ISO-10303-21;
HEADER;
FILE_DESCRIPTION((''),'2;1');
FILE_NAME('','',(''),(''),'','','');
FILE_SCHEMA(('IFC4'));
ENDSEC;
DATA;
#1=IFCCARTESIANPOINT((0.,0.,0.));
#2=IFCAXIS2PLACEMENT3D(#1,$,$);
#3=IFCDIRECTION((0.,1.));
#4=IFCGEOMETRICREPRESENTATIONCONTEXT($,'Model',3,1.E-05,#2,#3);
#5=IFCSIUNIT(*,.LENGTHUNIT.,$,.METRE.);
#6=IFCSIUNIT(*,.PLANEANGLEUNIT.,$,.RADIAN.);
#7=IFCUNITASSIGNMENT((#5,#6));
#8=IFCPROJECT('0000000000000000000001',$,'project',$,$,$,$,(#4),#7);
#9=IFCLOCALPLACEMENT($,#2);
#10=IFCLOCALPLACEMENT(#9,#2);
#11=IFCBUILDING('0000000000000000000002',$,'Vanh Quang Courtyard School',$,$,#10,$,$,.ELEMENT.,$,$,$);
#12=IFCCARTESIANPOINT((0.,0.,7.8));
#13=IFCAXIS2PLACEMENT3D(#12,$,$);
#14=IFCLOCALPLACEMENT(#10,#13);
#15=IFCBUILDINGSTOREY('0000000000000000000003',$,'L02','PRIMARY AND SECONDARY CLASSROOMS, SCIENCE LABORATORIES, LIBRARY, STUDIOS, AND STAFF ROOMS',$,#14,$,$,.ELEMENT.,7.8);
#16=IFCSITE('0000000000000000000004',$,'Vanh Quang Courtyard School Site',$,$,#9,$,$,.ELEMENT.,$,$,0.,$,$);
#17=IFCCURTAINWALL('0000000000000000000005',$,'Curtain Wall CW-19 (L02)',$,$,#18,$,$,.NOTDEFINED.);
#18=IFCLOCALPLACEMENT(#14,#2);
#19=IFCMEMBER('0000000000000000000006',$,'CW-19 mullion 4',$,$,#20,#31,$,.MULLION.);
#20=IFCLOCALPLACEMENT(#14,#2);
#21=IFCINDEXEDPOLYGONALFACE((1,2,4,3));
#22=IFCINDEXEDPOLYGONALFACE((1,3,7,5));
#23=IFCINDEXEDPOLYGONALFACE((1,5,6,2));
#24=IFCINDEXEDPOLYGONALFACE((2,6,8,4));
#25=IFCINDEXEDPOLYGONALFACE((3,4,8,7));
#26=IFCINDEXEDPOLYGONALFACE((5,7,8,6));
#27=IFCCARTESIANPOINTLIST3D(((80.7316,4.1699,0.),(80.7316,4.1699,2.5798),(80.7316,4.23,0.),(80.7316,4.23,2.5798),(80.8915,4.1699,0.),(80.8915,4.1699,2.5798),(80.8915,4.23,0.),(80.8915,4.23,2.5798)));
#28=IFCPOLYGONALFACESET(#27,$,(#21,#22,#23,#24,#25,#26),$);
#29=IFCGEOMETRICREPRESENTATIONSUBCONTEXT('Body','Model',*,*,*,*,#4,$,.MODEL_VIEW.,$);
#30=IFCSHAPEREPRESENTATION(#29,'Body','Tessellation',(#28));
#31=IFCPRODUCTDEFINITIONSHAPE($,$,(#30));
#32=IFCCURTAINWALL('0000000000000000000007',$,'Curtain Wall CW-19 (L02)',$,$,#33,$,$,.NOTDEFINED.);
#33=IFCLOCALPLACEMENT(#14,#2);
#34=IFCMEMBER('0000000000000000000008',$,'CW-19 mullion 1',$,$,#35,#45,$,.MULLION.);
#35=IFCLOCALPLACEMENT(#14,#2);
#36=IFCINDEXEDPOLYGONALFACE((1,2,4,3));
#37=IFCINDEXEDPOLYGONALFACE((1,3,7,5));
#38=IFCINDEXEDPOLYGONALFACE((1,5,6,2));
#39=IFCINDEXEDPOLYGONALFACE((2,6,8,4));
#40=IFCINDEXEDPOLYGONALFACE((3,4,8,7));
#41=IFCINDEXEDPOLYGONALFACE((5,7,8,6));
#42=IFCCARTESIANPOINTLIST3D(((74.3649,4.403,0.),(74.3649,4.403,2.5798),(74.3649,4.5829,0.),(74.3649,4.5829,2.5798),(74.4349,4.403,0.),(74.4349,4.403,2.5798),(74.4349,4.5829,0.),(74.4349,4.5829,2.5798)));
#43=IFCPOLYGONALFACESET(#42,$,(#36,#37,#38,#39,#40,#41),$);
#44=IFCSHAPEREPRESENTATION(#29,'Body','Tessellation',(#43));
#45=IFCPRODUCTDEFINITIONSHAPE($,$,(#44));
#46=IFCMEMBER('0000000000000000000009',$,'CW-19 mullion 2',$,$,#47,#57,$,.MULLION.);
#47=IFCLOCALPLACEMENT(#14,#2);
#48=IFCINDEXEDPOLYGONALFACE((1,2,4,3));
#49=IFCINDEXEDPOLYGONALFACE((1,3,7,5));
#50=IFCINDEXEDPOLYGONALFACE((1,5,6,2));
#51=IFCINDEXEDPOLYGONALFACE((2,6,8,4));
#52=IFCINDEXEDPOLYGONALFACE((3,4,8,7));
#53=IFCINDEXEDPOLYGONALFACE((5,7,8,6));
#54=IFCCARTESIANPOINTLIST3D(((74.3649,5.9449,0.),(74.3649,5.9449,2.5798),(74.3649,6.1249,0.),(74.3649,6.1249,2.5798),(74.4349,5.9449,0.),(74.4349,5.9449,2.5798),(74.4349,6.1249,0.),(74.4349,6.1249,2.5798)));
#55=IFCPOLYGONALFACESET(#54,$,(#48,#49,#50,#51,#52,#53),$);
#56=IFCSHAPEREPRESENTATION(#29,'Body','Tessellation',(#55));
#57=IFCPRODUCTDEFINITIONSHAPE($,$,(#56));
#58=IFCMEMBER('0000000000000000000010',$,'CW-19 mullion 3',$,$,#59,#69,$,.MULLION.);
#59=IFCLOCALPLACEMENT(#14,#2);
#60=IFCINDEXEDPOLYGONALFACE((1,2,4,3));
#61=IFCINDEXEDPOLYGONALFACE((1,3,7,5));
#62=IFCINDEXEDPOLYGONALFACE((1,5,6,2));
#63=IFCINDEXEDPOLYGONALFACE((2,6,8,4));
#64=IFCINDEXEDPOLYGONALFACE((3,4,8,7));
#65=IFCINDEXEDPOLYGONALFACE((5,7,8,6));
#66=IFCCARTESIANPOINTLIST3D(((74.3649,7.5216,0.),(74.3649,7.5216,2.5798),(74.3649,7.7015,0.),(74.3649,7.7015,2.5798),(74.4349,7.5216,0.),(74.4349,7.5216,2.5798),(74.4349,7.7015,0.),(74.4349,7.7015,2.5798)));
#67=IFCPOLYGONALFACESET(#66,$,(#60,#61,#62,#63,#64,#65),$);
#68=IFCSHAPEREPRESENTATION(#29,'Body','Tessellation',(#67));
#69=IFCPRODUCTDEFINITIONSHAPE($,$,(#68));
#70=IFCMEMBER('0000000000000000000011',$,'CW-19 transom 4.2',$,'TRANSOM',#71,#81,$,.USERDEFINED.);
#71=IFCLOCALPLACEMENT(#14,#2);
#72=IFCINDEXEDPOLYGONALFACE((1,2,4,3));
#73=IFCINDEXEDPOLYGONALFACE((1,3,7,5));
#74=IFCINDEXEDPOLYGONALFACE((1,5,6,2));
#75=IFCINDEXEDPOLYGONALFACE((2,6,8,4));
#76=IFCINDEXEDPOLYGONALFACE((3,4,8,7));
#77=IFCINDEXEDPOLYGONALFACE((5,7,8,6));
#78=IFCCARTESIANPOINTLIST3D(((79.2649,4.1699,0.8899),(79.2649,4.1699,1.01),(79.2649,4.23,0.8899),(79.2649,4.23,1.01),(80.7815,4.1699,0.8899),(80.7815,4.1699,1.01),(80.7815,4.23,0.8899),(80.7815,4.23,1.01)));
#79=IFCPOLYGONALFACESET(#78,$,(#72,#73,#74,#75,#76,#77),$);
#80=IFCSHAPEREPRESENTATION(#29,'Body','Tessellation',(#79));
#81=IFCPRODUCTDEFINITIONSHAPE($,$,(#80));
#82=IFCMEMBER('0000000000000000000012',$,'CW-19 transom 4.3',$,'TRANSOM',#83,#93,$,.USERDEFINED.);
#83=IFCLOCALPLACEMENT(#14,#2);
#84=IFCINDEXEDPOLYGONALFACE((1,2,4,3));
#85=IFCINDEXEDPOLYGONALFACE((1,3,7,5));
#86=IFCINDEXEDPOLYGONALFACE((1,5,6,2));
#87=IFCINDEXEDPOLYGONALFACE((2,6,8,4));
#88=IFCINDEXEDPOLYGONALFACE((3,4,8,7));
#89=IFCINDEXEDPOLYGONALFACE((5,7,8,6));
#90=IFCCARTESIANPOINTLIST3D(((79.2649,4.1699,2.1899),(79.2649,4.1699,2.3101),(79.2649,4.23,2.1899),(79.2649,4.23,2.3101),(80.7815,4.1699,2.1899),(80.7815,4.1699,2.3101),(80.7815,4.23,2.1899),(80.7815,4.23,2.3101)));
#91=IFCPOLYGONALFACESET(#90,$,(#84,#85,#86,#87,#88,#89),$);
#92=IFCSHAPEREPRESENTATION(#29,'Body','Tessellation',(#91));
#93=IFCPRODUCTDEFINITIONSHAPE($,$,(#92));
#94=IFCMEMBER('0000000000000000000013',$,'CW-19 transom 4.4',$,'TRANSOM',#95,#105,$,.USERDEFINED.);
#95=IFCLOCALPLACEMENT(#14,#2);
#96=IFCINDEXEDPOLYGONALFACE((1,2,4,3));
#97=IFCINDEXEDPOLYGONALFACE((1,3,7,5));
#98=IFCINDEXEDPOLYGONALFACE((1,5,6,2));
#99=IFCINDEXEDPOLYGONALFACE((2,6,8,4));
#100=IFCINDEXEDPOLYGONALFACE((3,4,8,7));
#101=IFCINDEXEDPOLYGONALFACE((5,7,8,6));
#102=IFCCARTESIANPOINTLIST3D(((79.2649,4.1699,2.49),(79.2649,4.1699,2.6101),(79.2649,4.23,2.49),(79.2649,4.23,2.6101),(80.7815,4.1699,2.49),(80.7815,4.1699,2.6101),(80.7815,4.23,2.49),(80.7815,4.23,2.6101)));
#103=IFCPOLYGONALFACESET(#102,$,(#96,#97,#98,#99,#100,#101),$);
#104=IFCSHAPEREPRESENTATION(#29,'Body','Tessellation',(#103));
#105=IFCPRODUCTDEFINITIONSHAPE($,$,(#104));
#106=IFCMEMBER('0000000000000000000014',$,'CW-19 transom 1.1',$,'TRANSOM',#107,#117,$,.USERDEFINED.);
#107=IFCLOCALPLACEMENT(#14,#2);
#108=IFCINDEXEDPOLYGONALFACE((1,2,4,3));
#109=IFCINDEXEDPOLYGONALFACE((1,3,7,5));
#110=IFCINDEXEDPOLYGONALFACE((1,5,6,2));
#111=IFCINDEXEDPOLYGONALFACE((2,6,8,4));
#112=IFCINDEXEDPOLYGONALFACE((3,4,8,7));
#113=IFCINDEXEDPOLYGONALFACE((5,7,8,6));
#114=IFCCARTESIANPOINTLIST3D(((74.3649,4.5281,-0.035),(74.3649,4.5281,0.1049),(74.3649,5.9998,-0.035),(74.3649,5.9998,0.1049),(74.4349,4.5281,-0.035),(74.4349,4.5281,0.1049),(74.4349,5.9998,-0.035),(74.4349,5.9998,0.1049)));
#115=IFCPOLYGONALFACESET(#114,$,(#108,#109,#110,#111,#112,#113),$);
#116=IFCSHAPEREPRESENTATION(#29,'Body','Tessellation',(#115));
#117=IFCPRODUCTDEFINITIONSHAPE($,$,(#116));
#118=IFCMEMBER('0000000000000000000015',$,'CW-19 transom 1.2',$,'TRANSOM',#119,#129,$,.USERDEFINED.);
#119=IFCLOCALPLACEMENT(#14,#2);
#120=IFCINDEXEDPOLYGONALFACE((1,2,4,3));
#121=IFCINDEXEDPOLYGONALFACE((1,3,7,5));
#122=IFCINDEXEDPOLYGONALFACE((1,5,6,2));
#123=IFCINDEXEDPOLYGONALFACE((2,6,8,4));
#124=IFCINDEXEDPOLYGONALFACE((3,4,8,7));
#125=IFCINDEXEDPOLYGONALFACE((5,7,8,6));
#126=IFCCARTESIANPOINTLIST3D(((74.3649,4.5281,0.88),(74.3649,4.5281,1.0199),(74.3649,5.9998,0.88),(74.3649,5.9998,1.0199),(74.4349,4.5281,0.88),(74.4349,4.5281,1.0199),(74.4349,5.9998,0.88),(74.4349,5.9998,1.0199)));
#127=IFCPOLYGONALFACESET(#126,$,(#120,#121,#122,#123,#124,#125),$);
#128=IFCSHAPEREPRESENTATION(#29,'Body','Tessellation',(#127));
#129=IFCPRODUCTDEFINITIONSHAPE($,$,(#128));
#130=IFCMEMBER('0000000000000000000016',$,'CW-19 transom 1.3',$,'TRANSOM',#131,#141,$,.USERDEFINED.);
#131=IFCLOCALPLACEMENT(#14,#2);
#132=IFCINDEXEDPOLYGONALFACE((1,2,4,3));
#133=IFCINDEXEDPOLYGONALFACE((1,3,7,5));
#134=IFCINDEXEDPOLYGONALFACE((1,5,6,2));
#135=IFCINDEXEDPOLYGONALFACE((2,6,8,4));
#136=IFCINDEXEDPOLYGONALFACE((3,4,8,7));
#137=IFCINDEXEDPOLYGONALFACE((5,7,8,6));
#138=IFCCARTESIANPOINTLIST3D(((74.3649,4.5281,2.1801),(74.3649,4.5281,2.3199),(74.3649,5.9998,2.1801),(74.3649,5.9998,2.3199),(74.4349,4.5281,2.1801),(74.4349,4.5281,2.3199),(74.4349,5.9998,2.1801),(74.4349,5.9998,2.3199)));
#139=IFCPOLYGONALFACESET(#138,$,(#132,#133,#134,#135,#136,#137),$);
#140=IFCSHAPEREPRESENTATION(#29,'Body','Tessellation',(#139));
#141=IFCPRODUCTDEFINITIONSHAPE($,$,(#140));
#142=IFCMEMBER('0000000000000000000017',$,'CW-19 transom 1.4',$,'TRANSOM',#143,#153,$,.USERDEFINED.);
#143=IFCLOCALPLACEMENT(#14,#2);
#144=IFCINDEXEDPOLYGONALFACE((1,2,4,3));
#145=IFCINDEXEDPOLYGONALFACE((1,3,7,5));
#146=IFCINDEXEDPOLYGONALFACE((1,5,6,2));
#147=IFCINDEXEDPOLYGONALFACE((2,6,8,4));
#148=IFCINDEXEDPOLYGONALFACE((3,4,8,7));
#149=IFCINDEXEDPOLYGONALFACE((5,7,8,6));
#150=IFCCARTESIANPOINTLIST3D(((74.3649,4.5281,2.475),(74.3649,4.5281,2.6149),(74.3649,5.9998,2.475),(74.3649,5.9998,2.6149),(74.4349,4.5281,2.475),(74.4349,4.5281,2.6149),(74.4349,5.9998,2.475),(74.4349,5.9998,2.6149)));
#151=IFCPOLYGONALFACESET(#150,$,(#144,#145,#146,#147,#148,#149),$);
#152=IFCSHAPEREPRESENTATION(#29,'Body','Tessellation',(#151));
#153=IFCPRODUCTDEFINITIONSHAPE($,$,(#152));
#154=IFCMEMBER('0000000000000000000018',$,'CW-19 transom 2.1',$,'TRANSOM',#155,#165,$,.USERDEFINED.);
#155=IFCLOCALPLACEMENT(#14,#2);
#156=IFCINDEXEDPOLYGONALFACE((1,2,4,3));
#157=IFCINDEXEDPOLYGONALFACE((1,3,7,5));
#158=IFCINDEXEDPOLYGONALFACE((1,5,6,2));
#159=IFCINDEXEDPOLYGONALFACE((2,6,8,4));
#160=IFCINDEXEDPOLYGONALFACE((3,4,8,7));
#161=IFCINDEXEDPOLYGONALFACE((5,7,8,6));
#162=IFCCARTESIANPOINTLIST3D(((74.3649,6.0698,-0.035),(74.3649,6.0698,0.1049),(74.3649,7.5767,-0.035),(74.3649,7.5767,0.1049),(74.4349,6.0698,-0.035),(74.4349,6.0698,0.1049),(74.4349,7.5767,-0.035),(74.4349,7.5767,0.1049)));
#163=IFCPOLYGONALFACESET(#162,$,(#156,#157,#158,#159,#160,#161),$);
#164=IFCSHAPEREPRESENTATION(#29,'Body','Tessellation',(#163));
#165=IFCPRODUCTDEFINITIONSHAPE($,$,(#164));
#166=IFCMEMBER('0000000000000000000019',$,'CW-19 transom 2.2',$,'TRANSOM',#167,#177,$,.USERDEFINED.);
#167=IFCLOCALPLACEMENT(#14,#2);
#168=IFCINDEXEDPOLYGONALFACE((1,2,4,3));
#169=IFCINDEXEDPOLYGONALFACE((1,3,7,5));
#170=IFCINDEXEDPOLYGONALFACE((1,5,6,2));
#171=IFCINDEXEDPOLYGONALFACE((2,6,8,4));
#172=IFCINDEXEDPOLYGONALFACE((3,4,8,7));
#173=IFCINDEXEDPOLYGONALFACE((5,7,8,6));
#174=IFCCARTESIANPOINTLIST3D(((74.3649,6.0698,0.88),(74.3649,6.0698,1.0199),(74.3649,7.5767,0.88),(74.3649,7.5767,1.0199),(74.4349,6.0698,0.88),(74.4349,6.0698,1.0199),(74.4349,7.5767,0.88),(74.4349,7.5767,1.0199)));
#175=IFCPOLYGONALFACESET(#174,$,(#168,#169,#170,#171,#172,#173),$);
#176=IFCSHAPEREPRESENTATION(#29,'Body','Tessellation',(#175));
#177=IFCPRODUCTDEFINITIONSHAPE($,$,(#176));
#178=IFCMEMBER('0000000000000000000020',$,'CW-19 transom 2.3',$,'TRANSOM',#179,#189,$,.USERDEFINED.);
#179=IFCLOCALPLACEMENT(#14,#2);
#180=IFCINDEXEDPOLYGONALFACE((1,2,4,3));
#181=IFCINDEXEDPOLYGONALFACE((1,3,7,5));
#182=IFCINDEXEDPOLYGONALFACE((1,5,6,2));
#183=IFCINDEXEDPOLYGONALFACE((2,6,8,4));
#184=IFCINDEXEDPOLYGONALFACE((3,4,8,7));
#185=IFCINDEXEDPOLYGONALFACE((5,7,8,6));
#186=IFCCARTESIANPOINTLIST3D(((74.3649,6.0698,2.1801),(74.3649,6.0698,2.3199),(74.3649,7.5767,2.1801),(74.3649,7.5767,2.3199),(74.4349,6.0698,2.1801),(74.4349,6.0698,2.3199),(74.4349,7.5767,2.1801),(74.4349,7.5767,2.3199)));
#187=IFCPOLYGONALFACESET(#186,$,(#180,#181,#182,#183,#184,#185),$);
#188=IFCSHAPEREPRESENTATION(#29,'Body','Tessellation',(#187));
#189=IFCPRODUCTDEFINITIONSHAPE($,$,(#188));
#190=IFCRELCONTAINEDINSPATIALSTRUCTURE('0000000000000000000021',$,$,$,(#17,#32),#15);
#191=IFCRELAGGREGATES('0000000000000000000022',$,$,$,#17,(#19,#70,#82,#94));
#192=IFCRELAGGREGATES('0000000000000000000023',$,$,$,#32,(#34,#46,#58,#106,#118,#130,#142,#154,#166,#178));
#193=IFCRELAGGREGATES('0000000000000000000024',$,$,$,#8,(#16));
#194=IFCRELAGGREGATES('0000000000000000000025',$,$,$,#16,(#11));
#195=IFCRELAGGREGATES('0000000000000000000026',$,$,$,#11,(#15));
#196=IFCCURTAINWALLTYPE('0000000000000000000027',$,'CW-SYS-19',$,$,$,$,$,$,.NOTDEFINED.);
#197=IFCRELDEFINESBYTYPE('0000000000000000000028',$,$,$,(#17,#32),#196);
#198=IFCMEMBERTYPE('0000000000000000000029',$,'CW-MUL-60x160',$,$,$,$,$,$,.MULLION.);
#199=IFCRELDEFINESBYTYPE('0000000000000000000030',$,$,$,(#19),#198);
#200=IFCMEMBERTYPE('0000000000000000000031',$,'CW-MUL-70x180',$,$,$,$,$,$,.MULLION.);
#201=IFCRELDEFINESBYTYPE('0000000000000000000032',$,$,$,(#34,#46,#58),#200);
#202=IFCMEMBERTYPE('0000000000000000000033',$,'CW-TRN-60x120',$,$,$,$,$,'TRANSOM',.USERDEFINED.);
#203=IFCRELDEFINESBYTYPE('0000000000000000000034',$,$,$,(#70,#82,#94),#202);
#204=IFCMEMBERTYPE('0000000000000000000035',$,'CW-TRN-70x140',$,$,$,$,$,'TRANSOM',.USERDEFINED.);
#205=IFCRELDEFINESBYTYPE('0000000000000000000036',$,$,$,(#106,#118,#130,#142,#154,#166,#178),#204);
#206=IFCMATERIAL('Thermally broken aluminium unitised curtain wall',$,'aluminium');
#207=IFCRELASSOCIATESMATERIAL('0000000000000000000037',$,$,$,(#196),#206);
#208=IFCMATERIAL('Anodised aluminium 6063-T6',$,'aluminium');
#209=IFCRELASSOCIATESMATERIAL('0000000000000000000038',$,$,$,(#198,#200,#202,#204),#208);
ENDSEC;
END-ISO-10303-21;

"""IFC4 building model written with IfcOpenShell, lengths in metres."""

from ifc_helpers import new_model, si_unit, direction, frame, origin, origin_2d, place, context, subcontext, project, spatial, rectangle, extrude, material, material_profile, profile_set, type_object, element, aggregate, save


model = new_model("IFC4")

# Units and contexts
model_context = context("Model", 3, precision=1e-05, world=origin(), true_north=direction((0.0, 1.0)))
body_context = subcontext(model_context, "Body", "Model", "MODEL_VIEW")
ifc_project = project(units=[si_unit("LENGTHUNIT", "METRE"), si_unit("PLANEANGLEUNIT", "RADIAN")], contexts=[model_context])

# Site, building, storey
site_placement = place(None, origin())
site = spatial("IfcSite", under=ifc_project, at=site_placement, Name="Vanh Quang Courtyard School Site", CompositionType="ELEMENT", RefElevation=0.0)
building_placement = place(site_placement, origin())
building = spatial("IfcBuilding", under=site, at=building_placement, Name="Vanh Quang Courtyard School", CompositionType="ELEMENT")
storey_placement = place(building_placement, frame((0.0, 0.0, 7.8)))
storey = spatial("IfcBuildingStorey", under=building, at=storey_placement, Name="L02", Description="PRIMARY AND SECONDARY CLASSROOMS, SCIENCE LABORATORIES, LIBRARY, STUDIOS, AND STAFF ROOMS", CompositionType="ELEMENT", Elevation=7.8)

# Curtain wall, member
ifc_material_1 = material(Name="Thermally broken aluminium unitised curtain wall", Category="aluminium")
curtain_wall_type = type_object("IfcCurtainWallType", Name="CW-SYS-19", PredefinedType="NOTDEFINED", material=ifc_material_1)
curtain_wall_1_placement = place(storey_placement, origin())
curtain_wall_1 = element("IfcCurtainWall", 1, at=curtain_wall_1_placement, inside=storey, type_object=curtain_wall_type, Name="Curtain Wall CW-19 (L02)", PredefinedType="NOTDEFINED")
ifc_material_2 = material(Name="Anodised aluminium 6063-T6", Category="aluminium")
ifc_material_profile_1 = material_profile(ifc_material_2, rectangle(XDim=0.0601, YDim=0.1599, at=origin_2d()), Name="ALU-MUL 60x160")
ifc_profile_set_1 = profile_set([ifc_material_profile_1], Name="Anodised aluminium 6063-T6")
member_type_1 = type_object("IfcMemberType", Name="CW-MUL-60x160", PredefinedType="MULLION", material=ifc_profile_set_1)
member_1_placement = place(storey_placement, frame((80.8115, 4.2, 0.0), z_axis=(0.0, 0.0, 1.0), x_axis=(0.0, -1.0, 0.0)))
member_1 = element("IfcMember", 2, at=member_1_placement, type_object=member_type_1, Name="CW-19 mullion 4", PredefinedType="MULLION", context=body_context, shape_type="SweptSolid", body=[
    extrude(rectangle(XDim=0.0601, YDim=0.1599, at=origin_2d()), origin(), (0.0, 0.0, 1.0), 2.5798),
])

# Curtain wall, members
curtain_wall_2_placement = place(storey_placement, origin())
curtain_wall_2 = element("IfcCurtainWall", 3, at=curtain_wall_2_placement, inside=storey, type_object=curtain_wall_type, Name="Curtain Wall CW-19 (L02)", PredefinedType="NOTDEFINED")
ifc_material_profile_2 = material_profile(ifc_material_2, rectangle(XDim=0.0701, YDim=0.1799, at=origin_2d()), Name="ALU-MUL 70x180")
ifc_profile_set_2 = profile_set([ifc_material_profile_2], Name="Anodised aluminium 6063-T6")
member_type_2 = type_object("IfcMemberType", Name="CW-MUL-70x180", PredefinedType="MULLION", material=ifc_profile_set_2)
member_2_placement = place(storey_placement, frame((74.3999, 4.4929, 0.0), z_axis=(0.0, 0.0, 1.0), x_axis=(-1.0, 0.0, 0.0)))
member_2 = element("IfcMember", 4, at=member_2_placement, type_object=member_type_2, Name="CW-19 mullion 1", PredefinedType="MULLION", context=body_context, shape_type="SweptSolid", body=[
    extrude(rectangle(XDim=0.0701, YDim=0.1799, at=origin_2d()), origin(), (0.0, 0.0, 1.0), 2.5798),
])
member_3_placement = place(storey_placement, frame((74.3999, 6.0349, 0.0), z_axis=(0.0, 0.0, 1.0), x_axis=(-1.0, 0.0, 0.0)))
member_3 = element("IfcMember", 5, at=member_3_placement, type_object=member_type_2, Name="CW-19 mullion 2", PredefinedType="MULLION", context=body_context, shape_type="SweptSolid", body=[
    extrude(rectangle(XDim=0.0701, YDim=0.1799, at=origin_2d()), origin(), (0.0, 0.0, 1.0), 2.5798),
])
member_4_placement = place(storey_placement, frame((74.3999, 7.6116, 0.0), z_axis=(0.0, 0.0, 1.0), x_axis=(-1.0, 0.0, 0.0)))
member_4 = element("IfcMember", 6, at=member_4_placement, type_object=member_type_2, Name="CW-19 mullion 3", PredefinedType="MULLION", context=body_context, shape_type="SweptSolid", body=[
    extrude(rectangle(XDim=0.0701, YDim=0.1799, at=origin_2d()), origin(), (0.0, 0.0, 1.0), 2.5798),
])

# Members
ifc_material_profile_3 = material_profile(ifc_material_2, rectangle(XDim=0.0601, YDim=0.1201, at=origin_2d()), Name="ALU-TRN 60x120")
ifc_profile_set_3 = profile_set([ifc_material_profile_3], Name="Anodised aluminium 6063-T6")
member_type_3 = type_object("IfcMemberType", Name="CW-TRN-60x120", ElementType="TRANSOM", PredefinedType="USERDEFINED", material=ifc_profile_set_3)
member_5_placement = place(storey_placement, frame((80.7815, 4.2, 0.95), z_axis=(-1.0, 0.0, 0.0), x_axis=(0.0, -1.0, 0.0)))
member_5 = element("IfcMember", 7, at=member_5_placement, type_object=member_type_3, Name="CW-19 transom 4.2", ObjectType="TRANSOM", PredefinedType="USERDEFINED", context=body_context, shape_type="SweptSolid", body=[
    extrude(rectangle(XDim=0.0601, YDim=0.1201, at=origin_2d()), origin(), (0.0, 0.0, 1.0), 1.5166),
])
member_6_placement = place(storey_placement, frame((80.7815, 4.2, 2.25), z_axis=(-1.0, 0.0, 0.0), x_axis=(0.0, -1.0, 0.0)))
member_6 = element("IfcMember", 8, at=member_6_placement, type_object=member_type_3, Name="CW-19 transom 4.3", ObjectType="TRANSOM", PredefinedType="USERDEFINED", context=body_context, shape_type="SweptSolid", body=[
    extrude(rectangle(XDim=0.0601, YDim=0.1201, at=origin_2d()), origin(), (0.0, 0.0, 1.0), 1.5166),
])
member_7_placement = place(storey_placement, frame((80.7815, 4.2, 2.55), z_axis=(-1.0, 0.0, 0.0), x_axis=(0.0, -1.0, 0.0)))
member_7 = element("IfcMember", 9, at=member_7_placement, type_object=member_type_3, Name="CW-19 transom 4.4", ObjectType="TRANSOM", PredefinedType="USERDEFINED", context=body_context, shape_type="SweptSolid", body=[
    extrude(rectangle(XDim=0.0601, YDim=0.1201, at=origin_2d()), origin(), (0.0, 0.0, 1.0), 1.5166),
])
aggregate(curtain_wall_1, [member_1, member_5, member_6, member_7])
ifc_material_profile_4 = material_profile(ifc_material_2, rectangle(XDim=0.0701, YDim=0.1399, at=origin_2d()), Name="ALU-TRN 70x140")
ifc_profile_set_4 = profile_set([ifc_material_profile_4], Name="Anodised aluminium 6063-T6")
member_type_4 = type_object("IfcMemberType", Name="CW-TRN-70x140", ElementType="TRANSOM", PredefinedType="USERDEFINED", material=ifc_profile_set_4)
member_8_placement = place(storey_placement, frame((74.3999, 4.5281, 0.0349), z_axis=(0.0, 1.0, 0.0), x_axis=(-1.0, 0.0, 0.0)))
member_8 = element("IfcMember", 10, at=member_8_placement, type_object=member_type_4, Name="CW-19 transom 1.1", ObjectType="TRANSOM", PredefinedType="USERDEFINED", context=body_context, shape_type="SweptSolid", body=[
    extrude(rectangle(XDim=0.0701, YDim=0.1399, at=origin_2d()), origin(), (0.0, 0.0, 1.0), 1.4717),
])
member_9_placement = place(storey_placement, frame((74.3999, 4.5281, 0.95), z_axis=(0.0, 1.0, 0.0), x_axis=(-1.0, 0.0, 0.0)))
member_9 = element("IfcMember", 11, at=member_9_placement, type_object=member_type_4, Name="CW-19 transom 1.2", ObjectType="TRANSOM", PredefinedType="USERDEFINED", context=body_context, shape_type="SweptSolid", body=[
    extrude(rectangle(XDim=0.0701, YDim=0.1399, at=origin_2d()), origin(), (0.0, 0.0, 1.0), 1.4717),
])
member_10_placement = place(storey_placement, frame((74.3999, 4.5281, 2.25), z_axis=(0.0, 1.0, 0.0), x_axis=(-1.0, 0.0, 0.0)))
member_10 = element("IfcMember", 12, at=member_10_placement, type_object=member_type_4, Name="CW-19 transom 1.3", ObjectType="TRANSOM", PredefinedType="USERDEFINED", context=body_context, shape_type="SweptSolid", body=[
    extrude(rectangle(XDim=0.0701, YDim=0.1399, at=origin_2d()), origin(), (0.0, 0.0, 1.0), 1.4717),
])
member_11_placement = place(storey_placement, frame((74.3999, 4.5281, 2.5449), z_axis=(0.0, 1.0, 0.0), x_axis=(-1.0, 0.0, 0.0)))
member_11 = element("IfcMember", 13, at=member_11_placement, type_object=member_type_4, Name="CW-19 transom 1.4", ObjectType="TRANSOM", PredefinedType="USERDEFINED", context=body_context, shape_type="SweptSolid", body=[
    extrude(rectangle(XDim=0.0701, YDim=0.1399, at=origin_2d()), origin(), (0.0, 0.0, 1.0), 1.4717),
])
member_12_placement = place(storey_placement, frame((74.3999, 6.0698, 0.0349), z_axis=(0.0, 1.0, 0.0), x_axis=(-1.0, 0.0, 0.0)))
member_12 = element("IfcMember", 14, at=member_12_placement, type_object=member_type_4, Name="CW-19 transom 2.1", ObjectType="TRANSOM", PredefinedType="USERDEFINED", context=body_context, shape_type="SweptSolid", body=[
    extrude(rectangle(XDim=0.0701, YDim=0.1399, at=origin_2d()), origin(), (0.0, 0.0, 1.0), 1.5068),
])
member_13_placement = place(storey_placement, frame((74.3999, 6.0698, 0.95), z_axis=(0.0, 1.0, 0.0), x_axis=(-1.0, 0.0, 0.0)))
member_13 = element("IfcMember", 15, at=member_13_placement, type_object=member_type_4, Name="CW-19 transom 2.2", ObjectType="TRANSOM", PredefinedType="USERDEFINED", context=body_context, shape_type="SweptSolid", body=[
    extrude(rectangle(XDim=0.0701, YDim=0.1399, at=origin_2d()), origin(), (0.0, 0.0, 1.0), 1.5068),
])
member_14_placement = place(storey_placement, frame((74.3999, 6.0698, 2.25), z_axis=(0.0, 1.0, 0.0), x_axis=(-1.0, 0.0, 0.0)))
member_14 = element("IfcMember", 16, at=member_14_placement, type_object=member_type_4, Name="CW-19 transom 2.3", ObjectType="TRANSOM", PredefinedType="USERDEFINED", context=body_context, shape_type="SweptSolid", body=[
    extrude(rectangle(XDim=0.0701, YDim=0.1399, at=origin_2d()), origin(), (0.0, 0.0, 1.0), 1.5068),
])

aggregate(curtain_wall_2, [member_2, member_3, member_4, member_8, member_9, member_10, member_11, member_12, member_13, member_14])

save(model, "model.ifc")
